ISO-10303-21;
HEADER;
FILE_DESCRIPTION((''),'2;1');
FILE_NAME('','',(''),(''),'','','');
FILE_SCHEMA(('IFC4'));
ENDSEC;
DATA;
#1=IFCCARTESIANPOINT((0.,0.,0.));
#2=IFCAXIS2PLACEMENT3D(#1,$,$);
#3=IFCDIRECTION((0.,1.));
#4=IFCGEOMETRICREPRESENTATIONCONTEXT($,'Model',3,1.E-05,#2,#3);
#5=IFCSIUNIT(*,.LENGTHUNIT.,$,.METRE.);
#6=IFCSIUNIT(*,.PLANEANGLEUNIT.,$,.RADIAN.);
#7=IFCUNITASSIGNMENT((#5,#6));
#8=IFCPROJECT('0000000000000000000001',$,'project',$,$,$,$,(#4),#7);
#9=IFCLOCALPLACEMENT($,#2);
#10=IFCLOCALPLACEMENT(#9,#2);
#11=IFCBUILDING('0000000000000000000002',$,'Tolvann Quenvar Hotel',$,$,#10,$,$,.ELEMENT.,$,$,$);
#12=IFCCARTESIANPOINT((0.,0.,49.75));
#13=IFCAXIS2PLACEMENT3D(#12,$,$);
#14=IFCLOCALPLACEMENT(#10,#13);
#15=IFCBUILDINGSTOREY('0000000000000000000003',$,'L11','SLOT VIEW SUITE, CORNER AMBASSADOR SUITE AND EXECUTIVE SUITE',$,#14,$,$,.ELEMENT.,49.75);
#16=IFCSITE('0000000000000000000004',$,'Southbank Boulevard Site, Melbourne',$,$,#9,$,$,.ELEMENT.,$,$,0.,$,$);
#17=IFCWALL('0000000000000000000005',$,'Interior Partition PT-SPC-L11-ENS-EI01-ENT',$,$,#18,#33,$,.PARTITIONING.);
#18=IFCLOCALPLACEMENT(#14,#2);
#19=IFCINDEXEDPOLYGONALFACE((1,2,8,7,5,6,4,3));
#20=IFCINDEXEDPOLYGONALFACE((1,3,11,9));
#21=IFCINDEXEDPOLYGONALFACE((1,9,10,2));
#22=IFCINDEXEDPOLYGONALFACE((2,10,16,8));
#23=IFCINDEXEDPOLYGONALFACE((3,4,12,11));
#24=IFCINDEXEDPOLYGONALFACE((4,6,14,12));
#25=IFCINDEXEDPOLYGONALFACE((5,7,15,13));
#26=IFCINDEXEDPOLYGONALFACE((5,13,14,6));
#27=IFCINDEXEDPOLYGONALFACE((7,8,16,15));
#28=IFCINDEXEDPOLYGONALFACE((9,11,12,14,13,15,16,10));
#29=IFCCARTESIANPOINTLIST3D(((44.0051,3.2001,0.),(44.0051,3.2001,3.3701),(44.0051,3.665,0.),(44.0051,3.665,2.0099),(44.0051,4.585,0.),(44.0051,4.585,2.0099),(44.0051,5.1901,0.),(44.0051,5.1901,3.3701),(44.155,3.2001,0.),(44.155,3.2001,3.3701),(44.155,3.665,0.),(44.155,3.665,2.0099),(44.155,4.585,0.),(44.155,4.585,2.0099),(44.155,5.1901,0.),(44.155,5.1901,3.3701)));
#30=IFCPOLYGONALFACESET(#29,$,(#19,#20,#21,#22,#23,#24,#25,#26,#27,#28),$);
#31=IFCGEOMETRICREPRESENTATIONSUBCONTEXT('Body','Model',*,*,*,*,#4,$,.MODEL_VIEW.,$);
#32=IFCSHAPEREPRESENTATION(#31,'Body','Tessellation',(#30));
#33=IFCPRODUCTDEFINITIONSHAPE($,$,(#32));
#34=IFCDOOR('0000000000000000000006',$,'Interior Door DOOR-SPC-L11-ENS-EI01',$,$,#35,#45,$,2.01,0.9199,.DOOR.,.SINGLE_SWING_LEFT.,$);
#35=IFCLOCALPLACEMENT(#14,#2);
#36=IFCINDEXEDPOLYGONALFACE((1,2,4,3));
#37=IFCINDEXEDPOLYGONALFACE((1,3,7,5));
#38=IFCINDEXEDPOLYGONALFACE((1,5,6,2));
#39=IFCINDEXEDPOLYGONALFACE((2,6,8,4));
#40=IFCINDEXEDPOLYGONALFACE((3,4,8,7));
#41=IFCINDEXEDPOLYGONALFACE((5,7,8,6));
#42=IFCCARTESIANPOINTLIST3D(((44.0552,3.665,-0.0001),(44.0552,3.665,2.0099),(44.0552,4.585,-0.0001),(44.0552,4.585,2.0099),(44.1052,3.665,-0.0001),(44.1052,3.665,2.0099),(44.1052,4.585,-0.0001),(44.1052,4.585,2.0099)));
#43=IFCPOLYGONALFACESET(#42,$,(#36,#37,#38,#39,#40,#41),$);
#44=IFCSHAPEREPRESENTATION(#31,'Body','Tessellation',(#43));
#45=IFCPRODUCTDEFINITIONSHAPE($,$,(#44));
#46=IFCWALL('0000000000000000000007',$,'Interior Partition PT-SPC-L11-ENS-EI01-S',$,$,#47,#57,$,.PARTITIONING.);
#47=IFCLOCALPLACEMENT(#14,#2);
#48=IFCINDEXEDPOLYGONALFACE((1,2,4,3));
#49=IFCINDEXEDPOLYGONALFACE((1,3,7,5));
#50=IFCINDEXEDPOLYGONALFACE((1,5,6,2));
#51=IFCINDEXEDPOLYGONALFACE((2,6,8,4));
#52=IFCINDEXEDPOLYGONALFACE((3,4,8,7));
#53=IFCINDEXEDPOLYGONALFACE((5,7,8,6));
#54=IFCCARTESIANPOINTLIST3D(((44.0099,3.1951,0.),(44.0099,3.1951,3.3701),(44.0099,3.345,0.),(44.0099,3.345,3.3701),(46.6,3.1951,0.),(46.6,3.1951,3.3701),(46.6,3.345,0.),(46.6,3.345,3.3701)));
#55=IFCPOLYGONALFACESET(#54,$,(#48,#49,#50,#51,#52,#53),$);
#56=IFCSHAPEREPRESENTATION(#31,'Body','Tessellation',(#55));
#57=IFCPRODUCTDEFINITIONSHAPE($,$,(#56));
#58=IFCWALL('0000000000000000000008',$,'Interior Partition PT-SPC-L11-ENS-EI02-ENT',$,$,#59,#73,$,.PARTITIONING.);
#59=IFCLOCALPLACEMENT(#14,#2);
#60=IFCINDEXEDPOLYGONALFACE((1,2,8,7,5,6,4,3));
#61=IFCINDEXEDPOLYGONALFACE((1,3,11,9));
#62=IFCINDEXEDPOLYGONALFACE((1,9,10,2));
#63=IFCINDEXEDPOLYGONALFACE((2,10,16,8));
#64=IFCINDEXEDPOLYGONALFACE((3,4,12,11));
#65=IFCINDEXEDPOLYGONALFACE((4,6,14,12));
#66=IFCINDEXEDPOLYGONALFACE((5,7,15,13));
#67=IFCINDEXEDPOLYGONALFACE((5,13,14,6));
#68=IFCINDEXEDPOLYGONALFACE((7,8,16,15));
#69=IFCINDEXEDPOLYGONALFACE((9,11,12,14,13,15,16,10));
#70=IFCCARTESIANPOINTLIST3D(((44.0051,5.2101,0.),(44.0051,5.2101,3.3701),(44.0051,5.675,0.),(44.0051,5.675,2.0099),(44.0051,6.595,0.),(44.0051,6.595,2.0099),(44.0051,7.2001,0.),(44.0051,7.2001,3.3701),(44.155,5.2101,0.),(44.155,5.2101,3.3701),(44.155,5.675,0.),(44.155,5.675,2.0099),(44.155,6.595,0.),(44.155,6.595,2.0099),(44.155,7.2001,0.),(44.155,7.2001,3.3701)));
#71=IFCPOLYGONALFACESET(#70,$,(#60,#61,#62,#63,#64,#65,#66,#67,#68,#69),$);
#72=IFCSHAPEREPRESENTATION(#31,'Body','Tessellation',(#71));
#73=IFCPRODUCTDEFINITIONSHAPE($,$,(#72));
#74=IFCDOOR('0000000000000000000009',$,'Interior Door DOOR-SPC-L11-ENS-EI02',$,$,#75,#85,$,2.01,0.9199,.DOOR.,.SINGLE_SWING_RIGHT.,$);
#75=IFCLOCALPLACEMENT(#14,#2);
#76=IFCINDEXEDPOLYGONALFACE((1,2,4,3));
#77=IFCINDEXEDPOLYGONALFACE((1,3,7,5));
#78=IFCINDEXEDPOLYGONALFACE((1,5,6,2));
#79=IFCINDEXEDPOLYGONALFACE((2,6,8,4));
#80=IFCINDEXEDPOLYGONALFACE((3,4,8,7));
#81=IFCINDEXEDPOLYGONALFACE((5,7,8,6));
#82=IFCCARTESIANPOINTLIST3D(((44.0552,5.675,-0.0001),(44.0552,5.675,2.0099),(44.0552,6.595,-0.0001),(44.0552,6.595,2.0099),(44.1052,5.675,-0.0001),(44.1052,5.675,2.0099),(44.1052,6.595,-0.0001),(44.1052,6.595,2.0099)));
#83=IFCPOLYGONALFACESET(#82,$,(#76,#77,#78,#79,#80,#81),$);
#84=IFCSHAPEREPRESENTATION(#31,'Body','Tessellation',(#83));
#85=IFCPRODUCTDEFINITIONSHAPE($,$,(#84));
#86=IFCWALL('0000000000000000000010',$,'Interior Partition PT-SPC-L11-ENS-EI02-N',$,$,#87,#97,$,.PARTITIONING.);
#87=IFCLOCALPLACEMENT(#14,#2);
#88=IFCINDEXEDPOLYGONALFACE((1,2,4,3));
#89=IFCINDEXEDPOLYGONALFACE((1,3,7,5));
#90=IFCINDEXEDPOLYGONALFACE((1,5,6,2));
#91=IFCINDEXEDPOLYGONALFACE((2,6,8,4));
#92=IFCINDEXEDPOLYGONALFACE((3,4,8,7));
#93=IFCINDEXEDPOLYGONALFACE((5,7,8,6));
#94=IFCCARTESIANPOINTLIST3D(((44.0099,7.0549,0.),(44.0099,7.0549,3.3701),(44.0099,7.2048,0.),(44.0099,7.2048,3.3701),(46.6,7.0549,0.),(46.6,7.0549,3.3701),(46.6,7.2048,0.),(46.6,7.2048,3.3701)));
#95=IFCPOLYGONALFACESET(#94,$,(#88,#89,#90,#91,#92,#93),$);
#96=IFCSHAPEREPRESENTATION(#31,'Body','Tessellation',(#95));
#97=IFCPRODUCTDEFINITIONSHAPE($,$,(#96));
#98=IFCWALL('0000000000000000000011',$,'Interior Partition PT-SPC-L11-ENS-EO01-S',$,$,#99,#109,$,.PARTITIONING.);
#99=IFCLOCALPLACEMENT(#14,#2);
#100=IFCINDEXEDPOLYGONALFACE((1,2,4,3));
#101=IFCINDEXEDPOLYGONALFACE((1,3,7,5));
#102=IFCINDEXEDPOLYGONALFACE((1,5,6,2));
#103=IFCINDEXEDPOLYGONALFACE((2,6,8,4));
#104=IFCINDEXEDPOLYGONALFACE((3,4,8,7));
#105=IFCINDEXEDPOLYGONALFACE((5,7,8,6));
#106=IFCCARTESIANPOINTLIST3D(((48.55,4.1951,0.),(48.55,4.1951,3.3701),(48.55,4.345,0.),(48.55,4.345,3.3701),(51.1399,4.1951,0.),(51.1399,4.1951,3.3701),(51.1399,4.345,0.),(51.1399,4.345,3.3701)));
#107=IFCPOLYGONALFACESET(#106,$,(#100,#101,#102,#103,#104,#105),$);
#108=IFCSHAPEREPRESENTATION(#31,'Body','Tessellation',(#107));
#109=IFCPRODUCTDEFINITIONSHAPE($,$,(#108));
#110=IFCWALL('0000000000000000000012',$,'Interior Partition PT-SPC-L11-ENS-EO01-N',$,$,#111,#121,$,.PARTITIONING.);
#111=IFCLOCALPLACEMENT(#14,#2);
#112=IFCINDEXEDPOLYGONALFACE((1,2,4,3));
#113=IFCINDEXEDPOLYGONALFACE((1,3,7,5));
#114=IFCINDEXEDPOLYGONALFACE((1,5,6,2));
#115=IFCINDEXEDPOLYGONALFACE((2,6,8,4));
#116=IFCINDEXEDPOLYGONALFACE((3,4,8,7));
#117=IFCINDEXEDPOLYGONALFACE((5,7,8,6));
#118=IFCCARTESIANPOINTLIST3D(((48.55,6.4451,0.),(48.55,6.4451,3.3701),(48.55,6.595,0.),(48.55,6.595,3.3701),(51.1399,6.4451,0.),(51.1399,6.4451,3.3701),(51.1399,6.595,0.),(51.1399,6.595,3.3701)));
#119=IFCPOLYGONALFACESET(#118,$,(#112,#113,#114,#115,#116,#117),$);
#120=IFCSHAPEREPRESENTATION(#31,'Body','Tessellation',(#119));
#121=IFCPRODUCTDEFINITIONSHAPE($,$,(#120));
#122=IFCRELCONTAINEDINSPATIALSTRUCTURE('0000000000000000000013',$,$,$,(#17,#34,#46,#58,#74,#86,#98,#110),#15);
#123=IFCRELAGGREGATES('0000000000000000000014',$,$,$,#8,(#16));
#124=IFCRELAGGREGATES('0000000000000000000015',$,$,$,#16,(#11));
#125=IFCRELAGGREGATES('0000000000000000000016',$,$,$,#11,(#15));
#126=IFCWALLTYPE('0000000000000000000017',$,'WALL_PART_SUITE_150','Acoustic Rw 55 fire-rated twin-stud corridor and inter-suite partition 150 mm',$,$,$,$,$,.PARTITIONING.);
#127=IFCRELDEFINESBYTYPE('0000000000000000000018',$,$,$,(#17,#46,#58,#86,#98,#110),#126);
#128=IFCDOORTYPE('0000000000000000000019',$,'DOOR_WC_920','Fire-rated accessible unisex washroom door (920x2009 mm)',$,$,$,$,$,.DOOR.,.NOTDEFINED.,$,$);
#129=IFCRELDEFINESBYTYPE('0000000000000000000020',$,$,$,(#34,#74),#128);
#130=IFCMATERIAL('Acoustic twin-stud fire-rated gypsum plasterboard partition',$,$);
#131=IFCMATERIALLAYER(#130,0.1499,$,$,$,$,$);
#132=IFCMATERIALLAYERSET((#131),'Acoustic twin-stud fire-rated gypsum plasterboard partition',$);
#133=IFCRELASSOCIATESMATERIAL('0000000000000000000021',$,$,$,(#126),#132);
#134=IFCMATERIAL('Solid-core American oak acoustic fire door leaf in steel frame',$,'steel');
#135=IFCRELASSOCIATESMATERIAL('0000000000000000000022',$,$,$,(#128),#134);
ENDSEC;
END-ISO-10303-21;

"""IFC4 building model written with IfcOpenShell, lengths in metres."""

from ifc_helpers import new_model, si_unit, direction, frame, frame_2d, origin, place, context, subcontext, project, spatial, rectangle, extrude, source, transform, mapped, material, layer, layer_set, type_object, type_shapes, element, fill, save


model = new_model("IFC4")

# Units and contexts
model_context = context("Model", 3, precision=1e-05, world=origin(), true_north=direction((0.0, 1.0)))
body_context = subcontext(model_context, "Body", "Model", "MODEL_VIEW")
ifc_project = project(units=[si_unit("LENGTHUNIT", "METRE"), si_unit("PLANEANGLEUNIT", "RADIAN")], contexts=[model_context])

# Site, building, storey
site_placement = place(None, origin())
site = spatial("IfcSite", under=ifc_project, at=site_placement, Name="Southbank Boulevard Site, Melbourne", CompositionType="ELEMENT", RefElevation=0.0)
building_placement = place(site_placement, origin())
building = spatial("IfcBuilding", under=site, at=building_placement, Name="Tolvann Quenvar Hotel", CompositionType="ELEMENT")
storey_placement = place(building_placement, frame((0.0, 0.0, 49.75)))
storey = spatial("IfcBuildingStorey", under=building, at=storey_placement, Name="L11", Description="SLOT VIEW SUITE, CORNER AMBASSADOR SUITE AND EXECUTIVE SUITE", CompositionType="ELEMENT", Elevation=49.75)

# Wall, opening, door
ifc_material_1 = material(Name="Acoustic twin-stud fire-rated gypsum plasterboard partition")
ifc_layer_1 = layer(ifc_material_1, 0.1499)
ifc_layer_set_1 = layer_set([ifc_layer_1], Name="Acoustic twin-stud fire-rated gypsum plasterboard partition")
wall_type_1 = type_object("IfcWallType", Name="WALL_PART_SUITE_150", Description="Acoustic Rw 55 fire-rated twin-stud corridor and inter-suite partition 150 mm", PredefinedType="PARTITIONING", material=ifc_layer_set_1)
wall_1_placement = place(storey_placement, frame((44.0801, 3.2, 0.0), z_axis=(0.0, 0.0, 1.0), x_axis=(0.0, 1.0, 0.0)))
wall_1 = element("IfcWall", 1, at=wall_1_placement, inside=storey, type_object=wall_type_1, Name="Interior Partition PT-SPC-L11-ENS-EI01-ENT", PredefinedType="PARTITIONING", context=body_context, shape_type="SweptSolid", body=[
    extrude(rectangle(XDim=1.99, YDim=0.1499, at=frame_2d((0.9951, 0.0))), origin(), (0.0, 0.0, 1.0), 3.3701),
])
opening_1_placement = place(wall_1_placement, frame((0.4651, 0.0, 0.0)))
opening_1 = element("IfcOpeningElement", 2, at=opening_1_placement, cuts=wall_1, PredefinedType="OPENING", context=body_context, shape_type="SweptSolid", body=[
    extrude(rectangle(XDim=0.9199, YDim=2.01, at=frame_2d((0.46, 1.0049))), frame((0.0, 0.085, 0.0), z_axis=(0.0, -1.0, 0.0), x_axis=(1.0, 0.0, 0.0)), (0.0, 0.0, 1.0), 0.1699),
])
ifc_material_2 = material(Name="Solid-core American oak acoustic fire door leaf in steel frame", Category="steel")
door_type_1 = type_object("IfcDoorType", Name="DOOR_WC_920", Description="Fire-rated accessible unisex washroom door (920x2009 mm)", OperationType="NOTDEFINED", PredefinedType="DOOR", material=ifc_material_2)
shared_shape_1 = source(origin(), body_context, "Body", "SweptSolid", [
    extrude(rectangle(XDim=0.9199, YDim=2.01, at=frame_2d((0.46, 1.0049))), frame((0.0, 0.0249, 0.0), z_axis=(0.0, -1.0, 0.0), x_axis=(1.0, 0.0, 0.0)), (0.0, 0.0, 1.0), 0.05),
])
type_shapes(door_type_1, [shared_shape_1])
door_1_placement = place(opening_1_placement, origin())
door_1 = element("IfcDoor", 3, at=door_1_placement, inside=storey, type_object=door_type_1, Name="Interior Door DOOR-SPC-L11-ENS-EI01", OperationType="SINGLE_SWING_LEFT", OverallHeight=2.01, OverallWidth=0.9199, PredefinedType="DOOR", context=body_context, shape_type="MappedRepresentation", body=[
    mapped(shared_shape_1, transform((0.0, 0.0, 0.0), x_axis=(1.0, 0.0, 0.0), y_axis=(0.0, 1.0, 0.0), z_axis=(0.0, 0.0, 1.0), scale=1.0)),
])
fill(opening_1, door_1)

# Wall
wall_2_placement = place(storey_placement, frame((44.01, 3.27, 0.0), z_axis=(0.0, 0.0, 1.0), x_axis=(1.0, 0.0, 0.0)))
element("IfcWall", 4, at=wall_2_placement, inside=storey, type_object=wall_type_1, Name="Interior Partition PT-SPC-L11-ENS-EI01-S", PredefinedType="PARTITIONING", context=body_context, shape_type="SweptSolid", body=[
    extrude(rectangle(XDim=2.5901, YDim=0.1499, at=frame_2d((1.2949, 0.0))), origin(), (0.0, 0.0, 1.0), 3.3701),
])

# Wall, opening, door
wall_3_placement = place(storey_placement, frame((44.0801, 5.21, 0.0), z_axis=(0.0, 0.0, 1.0), x_axis=(0.0, 1.0, 0.0)))
wall_3 = element("IfcWall", 5, at=wall_3_placement, inside=storey, type_object=wall_type_1, Name="Interior Partition PT-SPC-L11-ENS-EI02-ENT", PredefinedType="PARTITIONING", context=body_context, shape_type="SweptSolid", body=[
    extrude(rectangle(XDim=1.99, YDim=0.1499, at=frame_2d((0.9951, 0.0))), origin(), (0.0, 0.0, 1.0), 3.3701),
])
opening_2_placement = place(wall_3_placement, frame((0.4651, 0.0, 0.0)))
opening_2 = element("IfcOpeningElement", 6, at=opening_2_placement, cuts=wall_3, PredefinedType="OPENING", context=body_context, shape_type="SweptSolid", body=[
    extrude(rectangle(XDim=0.9199, YDim=2.01, at=frame_2d((0.46, 1.0049))), frame((0.0, 0.085, 0.0), z_axis=(0.0, -1.0, 0.0), x_axis=(1.0, 0.0, 0.0)), (0.0, 0.0, 1.0), 0.1699),
])
door_2_placement = place(opening_2_placement, origin())
door_2 = element("IfcDoor", 7, at=door_2_placement, inside=storey, type_object=door_type_1, Name="Interior Door DOOR-SPC-L11-ENS-EI02", OperationType="SINGLE_SWING_RIGHT", OverallHeight=2.01, OverallWidth=0.9199, PredefinedType="DOOR", context=body_context, shape_type="MappedRepresentation", body=[
    mapped(shared_shape_1, transform((0.0, 0.0, 0.0), x_axis=(1.0, 0.0, 0.0), y_axis=(0.0, 1.0, 0.0), z_axis=(0.0, 0.0, 1.0), scale=1.0)),
])
fill(opening_2, door_2)

# Walls
wall_4_placement = place(storey_placement, frame((44.01, 7.1299, 0.0), z_axis=(0.0, 0.0, 1.0), x_axis=(1.0, 0.0, 0.0)))
element("IfcWall", 8, at=wall_4_placement, inside=storey, type_object=wall_type_1, Name="Interior Partition PT-SPC-L11-ENS-EI02-N", PredefinedType="PARTITIONING", context=body_context, shape_type="SweptSolid", body=[
    extrude(rectangle(XDim=2.5901, YDim=0.1499, at=frame_2d((1.2949, 0.0))), origin(), (0.0, 0.0, 1.0), 3.3701),
])
for number, where, z_axis, x_axis, name in (
    (9, (48.55, 4.27, 0.0), (0.0, 0.0, 1.0), (1.0, 0.0, 0.0), "Interior Partition PT-SPC-L11-ENS-EO01-S"),
    (10, (48.55, 6.52, 0.0), (0.0, 0.0, 1.0), (1.0, 0.0, 0.0), "Interior Partition PT-SPC-L11-ENS-EO01-N"),
):
    element("IfcWall", number, at=place(storey_placement, frame(where, z_axis=z_axis, x_axis=x_axis)), inside=storey, type_object=wall_type_1, Name=name, PredefinedType="PARTITIONING", context=body_context, shape_type="SweptSolid", body=[
        extrude(rectangle(XDim=2.5898, YDim=0.1499, at=frame_2d((1.2949, 0.0))), origin(), (0.0, 0.0, 1.0), 3.3701),
    ])

save(model, "model.ifc")
